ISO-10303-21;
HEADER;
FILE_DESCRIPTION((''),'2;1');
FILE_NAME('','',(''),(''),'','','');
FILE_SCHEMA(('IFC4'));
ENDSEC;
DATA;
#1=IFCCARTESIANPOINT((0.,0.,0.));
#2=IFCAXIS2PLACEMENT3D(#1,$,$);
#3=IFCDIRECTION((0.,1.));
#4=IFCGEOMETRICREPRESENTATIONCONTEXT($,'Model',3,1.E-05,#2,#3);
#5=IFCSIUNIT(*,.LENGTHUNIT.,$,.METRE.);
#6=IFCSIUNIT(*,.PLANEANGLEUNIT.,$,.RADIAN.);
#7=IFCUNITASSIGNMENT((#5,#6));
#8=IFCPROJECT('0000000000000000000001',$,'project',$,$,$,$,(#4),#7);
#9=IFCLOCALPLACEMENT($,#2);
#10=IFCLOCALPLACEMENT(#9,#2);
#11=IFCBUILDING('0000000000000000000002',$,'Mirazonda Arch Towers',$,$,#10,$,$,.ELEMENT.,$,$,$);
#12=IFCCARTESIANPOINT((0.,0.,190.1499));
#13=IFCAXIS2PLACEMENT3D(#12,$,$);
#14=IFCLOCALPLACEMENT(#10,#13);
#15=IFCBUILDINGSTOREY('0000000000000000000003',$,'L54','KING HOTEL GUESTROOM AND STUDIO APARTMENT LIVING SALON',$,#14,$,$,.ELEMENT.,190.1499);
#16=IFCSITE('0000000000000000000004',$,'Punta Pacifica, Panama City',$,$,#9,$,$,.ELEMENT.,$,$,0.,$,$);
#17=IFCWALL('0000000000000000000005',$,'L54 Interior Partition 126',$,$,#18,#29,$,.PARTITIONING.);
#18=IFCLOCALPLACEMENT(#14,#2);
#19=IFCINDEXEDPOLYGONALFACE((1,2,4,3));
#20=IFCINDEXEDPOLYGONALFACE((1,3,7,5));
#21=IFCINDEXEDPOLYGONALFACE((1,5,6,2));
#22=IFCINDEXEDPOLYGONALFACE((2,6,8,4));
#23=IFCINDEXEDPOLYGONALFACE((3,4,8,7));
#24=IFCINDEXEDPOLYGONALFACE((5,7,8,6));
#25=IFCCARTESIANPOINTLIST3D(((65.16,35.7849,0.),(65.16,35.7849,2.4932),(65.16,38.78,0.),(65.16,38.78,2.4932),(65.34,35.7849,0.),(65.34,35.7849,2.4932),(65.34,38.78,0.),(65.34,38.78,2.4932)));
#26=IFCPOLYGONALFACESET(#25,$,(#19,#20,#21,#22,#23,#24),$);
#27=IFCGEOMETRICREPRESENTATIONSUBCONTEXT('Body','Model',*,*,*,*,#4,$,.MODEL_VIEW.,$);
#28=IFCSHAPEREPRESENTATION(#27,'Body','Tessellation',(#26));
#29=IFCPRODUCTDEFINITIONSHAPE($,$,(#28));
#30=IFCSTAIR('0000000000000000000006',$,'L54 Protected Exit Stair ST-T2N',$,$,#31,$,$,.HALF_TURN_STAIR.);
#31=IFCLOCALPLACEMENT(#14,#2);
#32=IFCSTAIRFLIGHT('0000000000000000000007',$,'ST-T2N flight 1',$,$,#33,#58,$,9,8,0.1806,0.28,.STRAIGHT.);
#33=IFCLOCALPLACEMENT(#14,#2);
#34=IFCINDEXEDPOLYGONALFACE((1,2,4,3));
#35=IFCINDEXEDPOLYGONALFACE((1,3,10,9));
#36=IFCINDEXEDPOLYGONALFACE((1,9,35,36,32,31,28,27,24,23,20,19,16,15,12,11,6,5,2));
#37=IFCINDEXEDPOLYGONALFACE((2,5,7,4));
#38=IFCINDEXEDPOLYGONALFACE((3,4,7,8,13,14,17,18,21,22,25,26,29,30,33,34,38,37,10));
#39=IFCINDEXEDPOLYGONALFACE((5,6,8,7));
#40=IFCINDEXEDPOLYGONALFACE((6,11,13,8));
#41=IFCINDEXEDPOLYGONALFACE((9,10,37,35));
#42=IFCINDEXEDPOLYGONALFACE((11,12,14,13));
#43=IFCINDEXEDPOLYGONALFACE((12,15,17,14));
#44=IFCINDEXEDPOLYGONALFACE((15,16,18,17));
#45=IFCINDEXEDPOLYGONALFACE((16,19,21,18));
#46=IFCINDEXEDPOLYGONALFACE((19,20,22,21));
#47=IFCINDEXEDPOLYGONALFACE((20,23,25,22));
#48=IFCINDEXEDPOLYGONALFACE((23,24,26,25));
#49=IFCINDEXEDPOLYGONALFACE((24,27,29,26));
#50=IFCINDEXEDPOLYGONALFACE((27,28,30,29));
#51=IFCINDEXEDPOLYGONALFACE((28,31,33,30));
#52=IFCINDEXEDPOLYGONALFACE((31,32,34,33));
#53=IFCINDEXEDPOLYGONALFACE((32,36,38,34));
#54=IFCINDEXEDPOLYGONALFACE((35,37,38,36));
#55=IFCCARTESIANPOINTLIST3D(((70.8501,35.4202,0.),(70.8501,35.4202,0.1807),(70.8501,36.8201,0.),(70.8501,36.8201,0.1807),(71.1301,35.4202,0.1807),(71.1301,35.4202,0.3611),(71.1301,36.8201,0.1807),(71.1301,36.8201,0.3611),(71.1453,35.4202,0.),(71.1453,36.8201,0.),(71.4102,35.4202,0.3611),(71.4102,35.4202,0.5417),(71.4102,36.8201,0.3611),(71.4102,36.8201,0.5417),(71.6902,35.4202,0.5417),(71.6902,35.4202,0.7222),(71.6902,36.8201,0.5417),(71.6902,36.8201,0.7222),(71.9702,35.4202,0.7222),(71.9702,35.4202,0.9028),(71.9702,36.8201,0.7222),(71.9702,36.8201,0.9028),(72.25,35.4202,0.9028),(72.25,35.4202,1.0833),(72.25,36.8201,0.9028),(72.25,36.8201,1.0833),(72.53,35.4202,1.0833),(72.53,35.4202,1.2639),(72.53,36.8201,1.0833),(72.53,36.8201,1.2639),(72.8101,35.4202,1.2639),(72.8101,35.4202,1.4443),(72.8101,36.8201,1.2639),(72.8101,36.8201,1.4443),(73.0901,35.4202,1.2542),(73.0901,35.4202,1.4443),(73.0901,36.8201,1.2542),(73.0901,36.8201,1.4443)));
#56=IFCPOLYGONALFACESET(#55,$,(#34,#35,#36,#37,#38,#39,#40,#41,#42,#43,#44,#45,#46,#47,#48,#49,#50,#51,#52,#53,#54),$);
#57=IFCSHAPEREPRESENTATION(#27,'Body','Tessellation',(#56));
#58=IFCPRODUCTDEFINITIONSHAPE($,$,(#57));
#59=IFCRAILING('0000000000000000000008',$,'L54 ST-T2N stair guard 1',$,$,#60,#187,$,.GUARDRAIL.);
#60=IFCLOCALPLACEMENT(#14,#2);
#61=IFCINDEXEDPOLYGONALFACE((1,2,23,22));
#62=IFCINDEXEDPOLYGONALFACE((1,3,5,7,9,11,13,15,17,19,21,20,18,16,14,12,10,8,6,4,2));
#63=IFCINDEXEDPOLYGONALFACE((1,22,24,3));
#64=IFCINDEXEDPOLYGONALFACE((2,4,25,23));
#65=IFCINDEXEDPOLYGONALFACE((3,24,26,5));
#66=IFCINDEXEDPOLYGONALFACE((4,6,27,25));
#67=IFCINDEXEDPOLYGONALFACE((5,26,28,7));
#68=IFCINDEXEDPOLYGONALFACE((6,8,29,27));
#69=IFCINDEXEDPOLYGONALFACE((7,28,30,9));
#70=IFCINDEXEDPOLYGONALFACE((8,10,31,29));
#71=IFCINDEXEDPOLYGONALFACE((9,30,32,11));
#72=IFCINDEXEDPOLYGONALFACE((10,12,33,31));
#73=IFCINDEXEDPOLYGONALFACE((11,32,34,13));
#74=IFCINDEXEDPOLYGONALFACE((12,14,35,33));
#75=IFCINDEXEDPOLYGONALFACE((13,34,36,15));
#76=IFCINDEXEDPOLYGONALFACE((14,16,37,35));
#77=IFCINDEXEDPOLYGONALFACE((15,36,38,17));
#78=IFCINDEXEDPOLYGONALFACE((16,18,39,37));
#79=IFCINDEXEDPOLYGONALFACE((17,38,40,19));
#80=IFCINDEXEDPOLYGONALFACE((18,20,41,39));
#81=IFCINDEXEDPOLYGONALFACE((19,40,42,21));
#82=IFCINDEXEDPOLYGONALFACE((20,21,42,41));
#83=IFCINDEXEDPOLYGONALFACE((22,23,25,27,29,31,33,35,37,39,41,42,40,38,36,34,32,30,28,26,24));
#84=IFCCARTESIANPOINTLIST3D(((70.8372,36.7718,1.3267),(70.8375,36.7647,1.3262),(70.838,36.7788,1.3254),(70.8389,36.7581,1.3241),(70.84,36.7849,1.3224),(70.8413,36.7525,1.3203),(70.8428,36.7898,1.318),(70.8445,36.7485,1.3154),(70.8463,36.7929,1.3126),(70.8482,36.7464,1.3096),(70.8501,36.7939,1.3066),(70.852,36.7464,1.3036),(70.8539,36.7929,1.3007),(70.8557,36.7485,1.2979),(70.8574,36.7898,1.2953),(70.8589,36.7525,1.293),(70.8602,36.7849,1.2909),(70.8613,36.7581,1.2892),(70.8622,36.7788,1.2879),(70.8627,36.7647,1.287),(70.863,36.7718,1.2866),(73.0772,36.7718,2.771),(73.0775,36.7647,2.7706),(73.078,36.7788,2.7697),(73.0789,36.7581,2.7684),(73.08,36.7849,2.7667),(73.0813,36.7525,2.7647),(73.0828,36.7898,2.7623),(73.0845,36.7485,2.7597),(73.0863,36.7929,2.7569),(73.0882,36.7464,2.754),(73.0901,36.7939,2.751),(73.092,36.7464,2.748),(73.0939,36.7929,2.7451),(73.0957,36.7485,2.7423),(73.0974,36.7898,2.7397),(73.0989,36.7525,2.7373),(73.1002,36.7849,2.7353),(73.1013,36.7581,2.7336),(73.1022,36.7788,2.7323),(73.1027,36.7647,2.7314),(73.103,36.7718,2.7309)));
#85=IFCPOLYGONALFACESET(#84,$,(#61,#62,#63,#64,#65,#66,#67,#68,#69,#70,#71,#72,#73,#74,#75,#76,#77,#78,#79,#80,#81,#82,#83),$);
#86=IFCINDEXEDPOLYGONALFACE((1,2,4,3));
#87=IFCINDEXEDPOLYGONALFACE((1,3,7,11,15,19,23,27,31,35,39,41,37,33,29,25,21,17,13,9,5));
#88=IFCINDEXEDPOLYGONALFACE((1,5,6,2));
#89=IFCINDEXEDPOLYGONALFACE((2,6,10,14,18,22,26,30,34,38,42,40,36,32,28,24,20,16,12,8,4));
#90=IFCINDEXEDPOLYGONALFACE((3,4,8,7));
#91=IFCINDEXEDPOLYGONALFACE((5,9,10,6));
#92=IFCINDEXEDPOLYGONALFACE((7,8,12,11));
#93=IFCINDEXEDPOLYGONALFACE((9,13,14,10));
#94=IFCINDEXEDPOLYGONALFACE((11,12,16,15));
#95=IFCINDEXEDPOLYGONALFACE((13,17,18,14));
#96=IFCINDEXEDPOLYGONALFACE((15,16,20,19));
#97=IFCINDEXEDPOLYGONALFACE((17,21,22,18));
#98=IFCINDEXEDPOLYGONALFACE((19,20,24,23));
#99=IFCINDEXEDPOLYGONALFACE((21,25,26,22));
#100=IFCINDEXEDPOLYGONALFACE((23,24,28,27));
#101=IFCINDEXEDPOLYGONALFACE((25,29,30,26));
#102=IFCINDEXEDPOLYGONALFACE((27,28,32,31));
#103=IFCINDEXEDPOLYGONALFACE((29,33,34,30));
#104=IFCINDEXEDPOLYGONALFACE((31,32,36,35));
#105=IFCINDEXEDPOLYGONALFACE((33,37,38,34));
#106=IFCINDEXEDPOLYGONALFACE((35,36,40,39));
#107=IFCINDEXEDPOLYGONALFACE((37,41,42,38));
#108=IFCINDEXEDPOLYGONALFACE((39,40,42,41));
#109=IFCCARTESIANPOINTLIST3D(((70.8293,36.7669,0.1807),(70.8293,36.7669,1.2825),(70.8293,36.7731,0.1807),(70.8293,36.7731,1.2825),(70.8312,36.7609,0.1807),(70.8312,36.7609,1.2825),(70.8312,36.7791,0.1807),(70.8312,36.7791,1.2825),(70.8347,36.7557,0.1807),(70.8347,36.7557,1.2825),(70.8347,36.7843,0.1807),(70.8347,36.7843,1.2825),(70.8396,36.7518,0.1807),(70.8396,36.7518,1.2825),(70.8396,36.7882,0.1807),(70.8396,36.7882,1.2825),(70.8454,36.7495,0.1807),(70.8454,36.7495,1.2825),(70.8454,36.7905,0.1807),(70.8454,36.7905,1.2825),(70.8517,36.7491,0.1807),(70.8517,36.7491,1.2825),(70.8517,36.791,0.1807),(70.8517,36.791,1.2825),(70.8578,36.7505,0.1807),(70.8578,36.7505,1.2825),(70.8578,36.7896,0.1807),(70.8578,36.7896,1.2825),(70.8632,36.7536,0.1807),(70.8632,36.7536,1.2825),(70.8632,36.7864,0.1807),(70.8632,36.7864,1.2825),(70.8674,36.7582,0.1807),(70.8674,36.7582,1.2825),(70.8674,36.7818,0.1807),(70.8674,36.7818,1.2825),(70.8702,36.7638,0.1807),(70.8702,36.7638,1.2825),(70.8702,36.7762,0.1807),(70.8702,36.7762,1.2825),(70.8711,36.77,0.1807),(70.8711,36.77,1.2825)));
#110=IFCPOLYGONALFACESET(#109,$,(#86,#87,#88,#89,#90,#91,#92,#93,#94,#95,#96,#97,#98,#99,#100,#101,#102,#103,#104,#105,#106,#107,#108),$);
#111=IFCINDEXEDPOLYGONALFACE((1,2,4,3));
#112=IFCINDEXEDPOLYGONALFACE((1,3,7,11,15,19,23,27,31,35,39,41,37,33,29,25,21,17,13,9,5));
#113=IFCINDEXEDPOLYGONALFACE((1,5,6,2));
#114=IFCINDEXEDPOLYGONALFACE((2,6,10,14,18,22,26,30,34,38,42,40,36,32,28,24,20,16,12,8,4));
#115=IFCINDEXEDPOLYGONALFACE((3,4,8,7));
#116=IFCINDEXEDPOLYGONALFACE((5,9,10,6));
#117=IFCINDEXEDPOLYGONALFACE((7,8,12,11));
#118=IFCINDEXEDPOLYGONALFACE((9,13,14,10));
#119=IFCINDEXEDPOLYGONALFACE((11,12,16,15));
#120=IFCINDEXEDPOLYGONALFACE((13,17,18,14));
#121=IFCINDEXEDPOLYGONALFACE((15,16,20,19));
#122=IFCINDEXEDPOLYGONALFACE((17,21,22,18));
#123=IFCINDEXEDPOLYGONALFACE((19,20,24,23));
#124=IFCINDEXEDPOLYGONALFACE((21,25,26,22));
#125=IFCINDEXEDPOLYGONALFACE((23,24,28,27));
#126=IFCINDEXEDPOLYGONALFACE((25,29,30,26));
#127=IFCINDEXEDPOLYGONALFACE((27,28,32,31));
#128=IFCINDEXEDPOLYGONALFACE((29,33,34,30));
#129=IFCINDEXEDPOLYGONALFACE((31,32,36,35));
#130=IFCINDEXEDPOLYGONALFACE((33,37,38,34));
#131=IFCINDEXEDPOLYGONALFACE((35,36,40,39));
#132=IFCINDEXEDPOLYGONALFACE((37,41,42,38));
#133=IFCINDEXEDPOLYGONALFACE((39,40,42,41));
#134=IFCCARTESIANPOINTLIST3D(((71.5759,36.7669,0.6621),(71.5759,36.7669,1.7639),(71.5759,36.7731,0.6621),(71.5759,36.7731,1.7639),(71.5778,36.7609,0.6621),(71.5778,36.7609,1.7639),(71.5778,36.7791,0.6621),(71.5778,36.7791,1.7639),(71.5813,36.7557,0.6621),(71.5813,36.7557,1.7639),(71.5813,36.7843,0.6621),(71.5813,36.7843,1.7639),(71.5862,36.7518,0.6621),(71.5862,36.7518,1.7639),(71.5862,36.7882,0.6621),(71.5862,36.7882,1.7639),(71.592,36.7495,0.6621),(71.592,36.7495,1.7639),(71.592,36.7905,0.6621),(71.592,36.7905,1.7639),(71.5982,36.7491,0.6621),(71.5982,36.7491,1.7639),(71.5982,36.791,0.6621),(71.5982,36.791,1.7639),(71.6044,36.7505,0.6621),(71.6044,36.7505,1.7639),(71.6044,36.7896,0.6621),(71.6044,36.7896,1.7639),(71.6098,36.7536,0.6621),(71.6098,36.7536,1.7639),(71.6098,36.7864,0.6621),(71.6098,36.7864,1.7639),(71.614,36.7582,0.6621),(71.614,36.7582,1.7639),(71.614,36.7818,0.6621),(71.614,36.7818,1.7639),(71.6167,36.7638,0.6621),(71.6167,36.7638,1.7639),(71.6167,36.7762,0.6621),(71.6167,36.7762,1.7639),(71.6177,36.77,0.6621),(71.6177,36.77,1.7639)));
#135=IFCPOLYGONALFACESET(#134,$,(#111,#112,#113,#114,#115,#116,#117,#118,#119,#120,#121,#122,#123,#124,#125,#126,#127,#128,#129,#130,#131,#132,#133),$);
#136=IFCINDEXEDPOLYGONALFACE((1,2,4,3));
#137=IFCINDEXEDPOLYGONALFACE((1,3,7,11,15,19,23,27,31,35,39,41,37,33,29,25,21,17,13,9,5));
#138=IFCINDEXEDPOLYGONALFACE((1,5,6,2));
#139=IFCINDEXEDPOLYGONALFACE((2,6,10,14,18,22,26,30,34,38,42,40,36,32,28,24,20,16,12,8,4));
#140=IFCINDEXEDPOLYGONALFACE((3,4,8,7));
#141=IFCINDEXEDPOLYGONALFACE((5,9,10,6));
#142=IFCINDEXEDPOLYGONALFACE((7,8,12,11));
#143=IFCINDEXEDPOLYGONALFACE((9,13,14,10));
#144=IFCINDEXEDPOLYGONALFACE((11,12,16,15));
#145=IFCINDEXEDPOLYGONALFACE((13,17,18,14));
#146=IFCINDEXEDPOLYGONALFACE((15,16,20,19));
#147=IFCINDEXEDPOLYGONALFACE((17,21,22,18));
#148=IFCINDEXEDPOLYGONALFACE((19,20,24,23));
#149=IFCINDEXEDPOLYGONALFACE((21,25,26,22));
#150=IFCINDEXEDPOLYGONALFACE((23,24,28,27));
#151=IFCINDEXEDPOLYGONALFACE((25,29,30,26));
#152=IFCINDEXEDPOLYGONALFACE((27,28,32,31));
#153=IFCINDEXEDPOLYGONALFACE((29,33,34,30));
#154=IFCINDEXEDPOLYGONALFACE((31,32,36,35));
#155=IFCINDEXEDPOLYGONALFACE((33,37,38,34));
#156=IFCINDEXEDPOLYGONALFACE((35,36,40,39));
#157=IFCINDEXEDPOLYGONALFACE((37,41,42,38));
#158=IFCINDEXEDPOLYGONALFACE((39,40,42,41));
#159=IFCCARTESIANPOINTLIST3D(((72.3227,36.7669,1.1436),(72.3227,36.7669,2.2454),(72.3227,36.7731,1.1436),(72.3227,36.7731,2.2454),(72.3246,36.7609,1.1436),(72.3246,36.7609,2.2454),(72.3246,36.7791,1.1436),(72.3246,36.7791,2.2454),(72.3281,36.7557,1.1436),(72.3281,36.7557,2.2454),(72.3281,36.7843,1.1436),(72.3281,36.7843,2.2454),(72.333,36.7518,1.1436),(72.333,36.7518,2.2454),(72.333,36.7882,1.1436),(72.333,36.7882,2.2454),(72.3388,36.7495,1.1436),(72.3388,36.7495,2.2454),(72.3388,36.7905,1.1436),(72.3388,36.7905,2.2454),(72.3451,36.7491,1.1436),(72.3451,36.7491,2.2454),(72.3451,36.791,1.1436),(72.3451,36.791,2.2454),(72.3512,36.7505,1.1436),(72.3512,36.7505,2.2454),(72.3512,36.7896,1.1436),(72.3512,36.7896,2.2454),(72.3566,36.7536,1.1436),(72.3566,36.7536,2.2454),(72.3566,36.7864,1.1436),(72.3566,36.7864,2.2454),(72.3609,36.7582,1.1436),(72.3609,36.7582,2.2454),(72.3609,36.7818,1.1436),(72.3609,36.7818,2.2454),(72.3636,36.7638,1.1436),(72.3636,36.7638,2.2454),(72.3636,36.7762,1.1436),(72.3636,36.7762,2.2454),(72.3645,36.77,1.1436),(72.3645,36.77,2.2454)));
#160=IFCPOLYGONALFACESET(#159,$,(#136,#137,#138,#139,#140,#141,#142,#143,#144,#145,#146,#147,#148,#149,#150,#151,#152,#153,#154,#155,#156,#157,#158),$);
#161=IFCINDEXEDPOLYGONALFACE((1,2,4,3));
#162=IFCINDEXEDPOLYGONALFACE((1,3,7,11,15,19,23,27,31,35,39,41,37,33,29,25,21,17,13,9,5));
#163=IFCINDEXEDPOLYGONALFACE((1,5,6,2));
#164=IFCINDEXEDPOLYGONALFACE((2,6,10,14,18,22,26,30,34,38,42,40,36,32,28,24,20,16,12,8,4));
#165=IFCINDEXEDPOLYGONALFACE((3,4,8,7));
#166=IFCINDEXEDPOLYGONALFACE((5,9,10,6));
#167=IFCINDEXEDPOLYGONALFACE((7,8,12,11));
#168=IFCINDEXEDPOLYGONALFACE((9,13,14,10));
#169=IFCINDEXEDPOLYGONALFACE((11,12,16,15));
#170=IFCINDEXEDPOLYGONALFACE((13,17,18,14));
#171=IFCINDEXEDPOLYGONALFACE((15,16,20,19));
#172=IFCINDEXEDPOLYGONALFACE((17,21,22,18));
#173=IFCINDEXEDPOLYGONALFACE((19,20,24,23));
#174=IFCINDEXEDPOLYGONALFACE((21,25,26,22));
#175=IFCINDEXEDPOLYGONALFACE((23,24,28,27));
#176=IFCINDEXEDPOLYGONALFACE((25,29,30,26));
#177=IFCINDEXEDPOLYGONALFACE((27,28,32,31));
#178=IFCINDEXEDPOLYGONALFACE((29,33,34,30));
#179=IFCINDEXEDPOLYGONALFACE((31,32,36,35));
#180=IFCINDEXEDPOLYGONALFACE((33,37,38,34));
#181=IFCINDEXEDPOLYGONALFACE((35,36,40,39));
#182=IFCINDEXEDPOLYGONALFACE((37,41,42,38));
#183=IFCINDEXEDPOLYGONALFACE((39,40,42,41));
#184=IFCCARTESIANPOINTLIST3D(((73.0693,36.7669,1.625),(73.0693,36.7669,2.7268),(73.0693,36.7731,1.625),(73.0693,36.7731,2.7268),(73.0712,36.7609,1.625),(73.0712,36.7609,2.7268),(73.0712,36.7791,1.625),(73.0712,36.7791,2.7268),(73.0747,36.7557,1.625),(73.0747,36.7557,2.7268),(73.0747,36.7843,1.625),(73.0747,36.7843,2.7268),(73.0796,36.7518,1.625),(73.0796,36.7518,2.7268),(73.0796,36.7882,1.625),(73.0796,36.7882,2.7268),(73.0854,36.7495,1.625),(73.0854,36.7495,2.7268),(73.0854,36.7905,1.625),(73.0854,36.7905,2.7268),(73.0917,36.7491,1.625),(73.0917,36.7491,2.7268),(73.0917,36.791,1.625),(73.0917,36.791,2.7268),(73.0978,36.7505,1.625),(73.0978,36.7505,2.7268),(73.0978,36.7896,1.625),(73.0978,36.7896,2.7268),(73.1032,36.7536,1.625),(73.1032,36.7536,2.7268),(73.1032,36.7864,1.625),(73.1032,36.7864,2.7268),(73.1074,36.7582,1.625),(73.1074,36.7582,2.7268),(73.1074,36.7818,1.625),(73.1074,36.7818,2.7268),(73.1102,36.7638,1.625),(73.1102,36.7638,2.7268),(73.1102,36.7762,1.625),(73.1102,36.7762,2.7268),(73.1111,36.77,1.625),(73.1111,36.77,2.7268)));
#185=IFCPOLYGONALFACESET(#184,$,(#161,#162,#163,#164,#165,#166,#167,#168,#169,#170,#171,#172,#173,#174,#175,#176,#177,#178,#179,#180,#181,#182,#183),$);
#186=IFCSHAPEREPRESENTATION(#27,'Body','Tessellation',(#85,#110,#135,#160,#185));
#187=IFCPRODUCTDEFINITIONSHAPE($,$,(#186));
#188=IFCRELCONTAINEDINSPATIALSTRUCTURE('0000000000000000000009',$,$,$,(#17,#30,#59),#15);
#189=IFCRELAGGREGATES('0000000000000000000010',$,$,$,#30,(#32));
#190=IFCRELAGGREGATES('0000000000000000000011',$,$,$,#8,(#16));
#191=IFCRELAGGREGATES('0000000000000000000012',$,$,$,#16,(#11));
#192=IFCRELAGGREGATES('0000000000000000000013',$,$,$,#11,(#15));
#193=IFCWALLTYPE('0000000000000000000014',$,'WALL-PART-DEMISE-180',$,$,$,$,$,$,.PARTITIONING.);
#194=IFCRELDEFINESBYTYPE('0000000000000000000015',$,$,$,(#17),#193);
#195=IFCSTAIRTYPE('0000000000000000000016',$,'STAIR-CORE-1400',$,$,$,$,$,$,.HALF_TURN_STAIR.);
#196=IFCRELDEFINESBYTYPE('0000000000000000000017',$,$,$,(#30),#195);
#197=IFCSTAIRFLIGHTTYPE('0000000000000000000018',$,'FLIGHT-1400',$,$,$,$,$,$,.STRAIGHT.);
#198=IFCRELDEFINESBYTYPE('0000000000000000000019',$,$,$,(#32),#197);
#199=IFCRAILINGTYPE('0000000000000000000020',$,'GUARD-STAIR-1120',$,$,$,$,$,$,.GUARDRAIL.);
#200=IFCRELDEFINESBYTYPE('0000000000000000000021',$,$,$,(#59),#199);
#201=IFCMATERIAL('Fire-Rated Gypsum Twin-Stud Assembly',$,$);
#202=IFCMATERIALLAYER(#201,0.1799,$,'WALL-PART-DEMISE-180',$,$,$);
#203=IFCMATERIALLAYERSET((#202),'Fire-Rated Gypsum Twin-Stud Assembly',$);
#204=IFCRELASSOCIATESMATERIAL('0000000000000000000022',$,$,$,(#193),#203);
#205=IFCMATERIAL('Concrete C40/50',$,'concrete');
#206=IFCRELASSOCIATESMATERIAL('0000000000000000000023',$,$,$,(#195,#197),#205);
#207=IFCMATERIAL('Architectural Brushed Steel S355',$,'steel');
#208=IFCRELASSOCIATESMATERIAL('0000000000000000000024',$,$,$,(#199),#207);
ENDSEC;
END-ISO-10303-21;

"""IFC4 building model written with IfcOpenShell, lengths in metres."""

from ifc_helpers import new_model, si_unit, direction, frame, frame_2d, origin, origin_2d, place, context, subcontext, project, spatial, polyline, rectangle, circle, outline, extrude, material, layer, layer_set, type_object, element, aggregate, save


model = new_model("IFC4")

# Units and contexts
model_context = context("Model", 3, precision=1e-05, world=origin(), true_north=direction((0.0, 1.0)))
body_context = subcontext(model_context, "Body", "Model", "MODEL_VIEW")
ifc_project = project(units=[si_unit("LENGTHUNIT", "METRE"), si_unit("PLANEANGLEUNIT", "RADIAN")], contexts=[model_context])

# Site, building, storey
site_placement = place(None, origin())
site = spatial("IfcSite", under=ifc_project, at=site_placement, Name="Punta Pacifica, Panama City", CompositionType="ELEMENT", RefElevation=0.0)
building_placement = place(site_placement, origin())
building = spatial("IfcBuilding", under=site, at=building_placement, Name="Mirazonda Arch Towers", CompositionType="ELEMENT")
storey_placement = place(building_placement, frame((0.0, 0.0, 190.1499)))
storey = spatial("IfcBuildingStorey", under=building, at=storey_placement, Name="L54", Description="KING HOTEL GUESTROOM AND STUDIO APARTMENT LIVING SALON", CompositionType="ELEMENT", Elevation=190.1499)

# Wall
ifc_material_1 = material(Name="Fire-Rated Gypsum Twin-Stud Assembly")
ifc_layer_1 = layer(ifc_material_1, 0.1799, Name="WALL-PART-DEMISE-180")
ifc_layer_set_1 = layer_set([ifc_layer_1], Name="Fire-Rated Gypsum Twin-Stud Assembly")
wall_type_1 = type_object("IfcWallType", Name="WALL-PART-DEMISE-180", PredefinedType="PARTITIONING", material=ifc_layer_set_1)
wall_1_placement = place(storey_placement, frame((65.25, 35.7849, 0.0), z_axis=(0.0, 0.0, 1.0), x_axis=(0.0, 1.0, 0.0)))
element("IfcWall", 1, at=wall_1_placement, inside=storey, type_object=wall_type_1, Name="L54 Interior Partition 126", PredefinedType="PARTITIONING", context=body_context, shape_type="SweptSolid", body=[
    extrude(rectangle(XDim=2.9951, YDim=0.1799, at=frame_2d((1.4976, 0.0))), origin(), (0.0, 0.0, 1.0), 2.4932),
])

# Stair, stair flight
ifc_material_2 = material(Name="Concrete C40/50", Category="concrete")
stair_type = type_object("IfcStairType", Name="STAIR-CORE-1400", PredefinedType="HALF_TURN_STAIR", material=ifc_material_2)
stair_placement = place(storey_placement, origin())
stair = element("IfcStair", 2, at=stair_placement, inside=storey, type_object=stair_type, Name="L54 Protected Exit Stair ST-T2N", PredefinedType="HALF_TURN_STAIR")
stair_flight_type = type_object("IfcStairFlightType", Name="FLIGHT-1400", PredefinedType="STRAIGHT", material=ifc_material_2)
stair_flight_placement = place(storey_placement, frame((70.8501, 36.1201, 0.0), z_axis=(0.0, 0.0, 1.0), x_axis=(1.0, 0.0, 0.0)))
stair_flight = element("IfcStairFlight", 3, at=stair_flight_placement, type_object=stair_flight_type, Name="ST-T2N flight 1", NumberOfRisers=9, NumberOfTreads=8, PredefinedType="STRAIGHT", RiserHeight=0.1806, TreadLength=0.28, context=body_context, shape_type="SweptSolid", body=[
    extrude(outline(polyline([(0.0, 0.0), (0.0, 0.1807), (0.28, 0.1807), (0.28, 0.3611), (0.5601, 0.3611), (0.5601, 0.5417), (0.8401, 0.5417), (0.8401, 0.7222), (1.1201, 0.7222), (1.1201, 0.9028), (1.3999, 0.9028), (1.3999, 1.0833), (1.6799, 1.0833), (1.6799, 1.2639), (1.96, 1.2639), (1.96, 1.4443), (2.24, 1.4443), (2.24, 1.625), (2.24, 1.2542), (0.2952, 0.0), (0.0, 0.0)])), frame((0.0, 0.7, 0.0), z_axis=(0.0, -1.0, 0.0), x_axis=(1.0, 0.0, 0.0)), (0.0, 0.0, 1.0), 1.3999),
])
aggregate(stair, [stair_flight])

# Railing
ifc_material_3 = material(Name="Architectural Brushed Steel S355", Category="steel")
railing_type = type_object("IfcRailingType", Name="GUARD-STAIR-1120", PredefinedType="GUARDRAIL", material=ifc_material_3)
railing_1_placement = place(storey_placement, frame((70.8501, 36.77, 0.1807)))
element("IfcRailing", 4, at=railing_1_placement, inside=storey, type_object=railing_type, Name="L54 ST-T2N stair guard 1", PredefinedType="GUARDRAIL", context=body_context, shape_type="SweptSolid", body=[
    extrude(circle(Radius=0.0239, at=origin_2d()), frame((0.0, 0.0, 1.126), z_axis=(0.840437, 0.0, 0.54191), x_axis=(0.0, 1.0, 0.0)), (0.0, 0.0, 1.0), 2.6653),
    extrude(circle(Radius=0.021, at=origin_2d()), origin(), (0.0, 0.0, 1.0), 1.1018),
    extrude(circle(Radius=0.021, at=origin_2d()), frame((0.7466, 0.0, 0.4814)), (0.0, 0.0, 1.0), 1.1018),
    extrude(circle(Radius=0.021, at=origin_2d()), frame((1.4934, 0.0, 0.9629)), (0.0, 0.0, 1.0), 1.1018),
    extrude(circle(Radius=0.021, at=origin_2d()), frame((2.24, 0.0, 1.4443)), (0.0, 0.0, 1.0), 1.1018),
])

save(model, "model.ifc")
